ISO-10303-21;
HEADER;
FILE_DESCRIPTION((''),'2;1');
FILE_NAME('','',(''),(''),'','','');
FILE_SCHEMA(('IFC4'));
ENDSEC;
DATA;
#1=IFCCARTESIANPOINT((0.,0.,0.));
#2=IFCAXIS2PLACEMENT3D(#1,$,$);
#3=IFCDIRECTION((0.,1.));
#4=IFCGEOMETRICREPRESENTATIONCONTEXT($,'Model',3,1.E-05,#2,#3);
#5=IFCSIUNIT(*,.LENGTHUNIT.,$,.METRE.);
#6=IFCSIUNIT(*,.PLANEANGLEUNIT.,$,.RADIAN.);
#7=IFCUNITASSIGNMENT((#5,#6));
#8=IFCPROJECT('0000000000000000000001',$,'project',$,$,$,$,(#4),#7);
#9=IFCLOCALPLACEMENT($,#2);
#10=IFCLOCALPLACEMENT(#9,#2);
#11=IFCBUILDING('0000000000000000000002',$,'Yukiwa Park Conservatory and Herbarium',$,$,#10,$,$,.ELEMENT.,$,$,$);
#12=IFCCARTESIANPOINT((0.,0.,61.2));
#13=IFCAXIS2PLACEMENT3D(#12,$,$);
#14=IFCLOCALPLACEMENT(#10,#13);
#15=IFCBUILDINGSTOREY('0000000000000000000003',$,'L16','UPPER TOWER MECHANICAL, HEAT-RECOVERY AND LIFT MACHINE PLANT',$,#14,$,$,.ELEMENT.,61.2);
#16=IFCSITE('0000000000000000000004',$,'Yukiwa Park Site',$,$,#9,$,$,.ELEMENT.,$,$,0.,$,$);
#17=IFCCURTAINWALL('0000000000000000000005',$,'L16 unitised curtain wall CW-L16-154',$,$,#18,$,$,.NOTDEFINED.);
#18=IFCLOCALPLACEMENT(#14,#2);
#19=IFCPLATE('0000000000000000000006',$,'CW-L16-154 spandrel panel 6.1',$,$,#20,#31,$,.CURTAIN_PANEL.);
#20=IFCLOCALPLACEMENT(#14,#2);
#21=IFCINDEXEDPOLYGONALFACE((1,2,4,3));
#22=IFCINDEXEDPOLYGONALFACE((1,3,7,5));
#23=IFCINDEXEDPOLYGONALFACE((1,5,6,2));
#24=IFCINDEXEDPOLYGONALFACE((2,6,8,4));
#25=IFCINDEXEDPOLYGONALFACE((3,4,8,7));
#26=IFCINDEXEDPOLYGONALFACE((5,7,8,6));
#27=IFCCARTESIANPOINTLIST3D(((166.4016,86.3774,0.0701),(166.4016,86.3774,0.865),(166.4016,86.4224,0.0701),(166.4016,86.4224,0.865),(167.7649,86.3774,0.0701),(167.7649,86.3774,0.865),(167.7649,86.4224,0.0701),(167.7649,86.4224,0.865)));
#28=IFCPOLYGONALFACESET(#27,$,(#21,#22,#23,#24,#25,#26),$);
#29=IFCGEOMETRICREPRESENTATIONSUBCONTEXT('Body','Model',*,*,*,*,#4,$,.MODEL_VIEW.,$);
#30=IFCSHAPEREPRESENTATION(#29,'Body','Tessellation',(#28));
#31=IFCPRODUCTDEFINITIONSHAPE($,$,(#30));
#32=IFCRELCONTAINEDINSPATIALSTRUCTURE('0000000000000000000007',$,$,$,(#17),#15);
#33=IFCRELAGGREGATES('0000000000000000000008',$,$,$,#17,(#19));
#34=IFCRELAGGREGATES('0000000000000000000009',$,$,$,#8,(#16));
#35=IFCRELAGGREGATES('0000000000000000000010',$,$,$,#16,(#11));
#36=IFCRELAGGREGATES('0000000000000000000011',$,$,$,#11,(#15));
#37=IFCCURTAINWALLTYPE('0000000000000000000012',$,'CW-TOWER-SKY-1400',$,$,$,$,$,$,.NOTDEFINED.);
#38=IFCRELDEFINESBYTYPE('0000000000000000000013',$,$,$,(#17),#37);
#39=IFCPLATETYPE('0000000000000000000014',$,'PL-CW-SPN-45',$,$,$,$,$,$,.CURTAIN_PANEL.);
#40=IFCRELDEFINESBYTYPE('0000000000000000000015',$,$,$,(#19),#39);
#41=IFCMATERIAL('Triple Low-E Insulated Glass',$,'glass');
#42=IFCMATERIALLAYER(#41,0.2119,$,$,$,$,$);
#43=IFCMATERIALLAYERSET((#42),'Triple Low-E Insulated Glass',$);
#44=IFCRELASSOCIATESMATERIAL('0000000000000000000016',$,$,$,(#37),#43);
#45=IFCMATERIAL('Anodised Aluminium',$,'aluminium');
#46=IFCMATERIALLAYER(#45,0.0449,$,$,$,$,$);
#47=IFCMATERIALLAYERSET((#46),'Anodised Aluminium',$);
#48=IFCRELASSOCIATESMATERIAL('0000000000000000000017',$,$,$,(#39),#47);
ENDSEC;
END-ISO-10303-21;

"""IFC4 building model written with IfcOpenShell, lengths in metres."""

from ifc_helpers import new_model, si_unit, direction, frame, origin, origin_2d, place, context, subcontext, project, spatial, rectangle, extrude, material, layer, layer_set, type_object, element, aggregate, save


model = new_model("IFC4")

# Units and contexts
model_context = context("Model", 3, precision=1e-05, world=origin(), true_north=direction((0.0, 1.0)))
body_context = subcontext(model_context, "Body", "Model", "MODEL_VIEW")
ifc_project = project(units=[si_unit("LENGTHUNIT", "METRE"), si_unit("PLANEANGLEUNIT", "RADIAN")], contexts=[model_context])

# Site, building, storey
site_placement = place(None, origin())
site = spatial("IfcSite", under=ifc_project, at=site_placement, Name="Yukiwa Park Site", CompositionType="ELEMENT", RefElevation=0.0)
building_placement = place(site_placement, origin())
building = spatial("IfcBuilding", under=site, at=building_placement, Name="Yukiwa Park Conservatory and Herbarium", CompositionType="ELEMENT")
storey_placement = place(building_placement, frame((0.0, 0.0, 61.2)))
storey = spatial("IfcBuildingStorey", under=building, at=storey_placement, Name="L16", Description="UPPER TOWER MECHANICAL, HEAT-RECOVERY AND LIFT MACHINE PLANT", CompositionType="ELEMENT", Elevation=61.2)

# Shared definitions
ifc_material_1 = material(Name="Triple Low-E Insulated Glass", Category="glass")
ifc_layer_1 = layer(ifc_material_1, 0.2119)
ifc_layer_set_1 = layer_set([ifc_layer_1], Name="Triple Low-E Insulated Glass")
curtain_wall_type = type_object("IfcCurtainWallType", Name="CW-TOWER-SKY-1400", PredefinedType="NOTDEFINED", material=ifc_layer_set_1)

# Curtain wall
curtain_wall_1_placement = place(storey_placement, origin())
curtain_wall_1 = element("IfcCurtainWall", 1, at=curtain_wall_1_placement, inside=storey, type_object=curtain_wall_type, Name="L16 unitised curtain wall CW-L16-154", PredefinedType="NOTDEFINED")

# Plate
ifc_material_2 = material(Name="Anodised Aluminium", Category="aluminium")
ifc_layer_2 = layer(ifc_material_2, 0.0449)
ifc_layer_set_2 = layer_set([ifc_layer_2], Name="Anodised Aluminium")
plate_type_1 = type_object("IfcPlateType", Name="PL-CW-SPN-45", PredefinedType="CURTAIN_PANEL", material=ifc_layer_set_2)
plate_1_placement = place(storey_placement, frame((167.0833, 86.3999, 0.0701), z_axis=(0.0, 0.0, 1.0), x_axis=(1.0, 0.0, 0.0)))
plate_1 = element("IfcPlate", 2, at=plate_1_placement, type_object=plate_type_1, Name="CW-L16-154 spandrel panel 6.1", PredefinedType="CURTAIN_PANEL", context=body_context, shape_type="SweptSolid", body=[
    extrude(rectangle(XDim=1.3633, YDim=0.0449, at=origin_2d()), origin(), (0.0, 0.0, 1.0), 0.7949),
])
aggregate(curtain_wall_1, [plate_1])

save(model, "model.ifc")
